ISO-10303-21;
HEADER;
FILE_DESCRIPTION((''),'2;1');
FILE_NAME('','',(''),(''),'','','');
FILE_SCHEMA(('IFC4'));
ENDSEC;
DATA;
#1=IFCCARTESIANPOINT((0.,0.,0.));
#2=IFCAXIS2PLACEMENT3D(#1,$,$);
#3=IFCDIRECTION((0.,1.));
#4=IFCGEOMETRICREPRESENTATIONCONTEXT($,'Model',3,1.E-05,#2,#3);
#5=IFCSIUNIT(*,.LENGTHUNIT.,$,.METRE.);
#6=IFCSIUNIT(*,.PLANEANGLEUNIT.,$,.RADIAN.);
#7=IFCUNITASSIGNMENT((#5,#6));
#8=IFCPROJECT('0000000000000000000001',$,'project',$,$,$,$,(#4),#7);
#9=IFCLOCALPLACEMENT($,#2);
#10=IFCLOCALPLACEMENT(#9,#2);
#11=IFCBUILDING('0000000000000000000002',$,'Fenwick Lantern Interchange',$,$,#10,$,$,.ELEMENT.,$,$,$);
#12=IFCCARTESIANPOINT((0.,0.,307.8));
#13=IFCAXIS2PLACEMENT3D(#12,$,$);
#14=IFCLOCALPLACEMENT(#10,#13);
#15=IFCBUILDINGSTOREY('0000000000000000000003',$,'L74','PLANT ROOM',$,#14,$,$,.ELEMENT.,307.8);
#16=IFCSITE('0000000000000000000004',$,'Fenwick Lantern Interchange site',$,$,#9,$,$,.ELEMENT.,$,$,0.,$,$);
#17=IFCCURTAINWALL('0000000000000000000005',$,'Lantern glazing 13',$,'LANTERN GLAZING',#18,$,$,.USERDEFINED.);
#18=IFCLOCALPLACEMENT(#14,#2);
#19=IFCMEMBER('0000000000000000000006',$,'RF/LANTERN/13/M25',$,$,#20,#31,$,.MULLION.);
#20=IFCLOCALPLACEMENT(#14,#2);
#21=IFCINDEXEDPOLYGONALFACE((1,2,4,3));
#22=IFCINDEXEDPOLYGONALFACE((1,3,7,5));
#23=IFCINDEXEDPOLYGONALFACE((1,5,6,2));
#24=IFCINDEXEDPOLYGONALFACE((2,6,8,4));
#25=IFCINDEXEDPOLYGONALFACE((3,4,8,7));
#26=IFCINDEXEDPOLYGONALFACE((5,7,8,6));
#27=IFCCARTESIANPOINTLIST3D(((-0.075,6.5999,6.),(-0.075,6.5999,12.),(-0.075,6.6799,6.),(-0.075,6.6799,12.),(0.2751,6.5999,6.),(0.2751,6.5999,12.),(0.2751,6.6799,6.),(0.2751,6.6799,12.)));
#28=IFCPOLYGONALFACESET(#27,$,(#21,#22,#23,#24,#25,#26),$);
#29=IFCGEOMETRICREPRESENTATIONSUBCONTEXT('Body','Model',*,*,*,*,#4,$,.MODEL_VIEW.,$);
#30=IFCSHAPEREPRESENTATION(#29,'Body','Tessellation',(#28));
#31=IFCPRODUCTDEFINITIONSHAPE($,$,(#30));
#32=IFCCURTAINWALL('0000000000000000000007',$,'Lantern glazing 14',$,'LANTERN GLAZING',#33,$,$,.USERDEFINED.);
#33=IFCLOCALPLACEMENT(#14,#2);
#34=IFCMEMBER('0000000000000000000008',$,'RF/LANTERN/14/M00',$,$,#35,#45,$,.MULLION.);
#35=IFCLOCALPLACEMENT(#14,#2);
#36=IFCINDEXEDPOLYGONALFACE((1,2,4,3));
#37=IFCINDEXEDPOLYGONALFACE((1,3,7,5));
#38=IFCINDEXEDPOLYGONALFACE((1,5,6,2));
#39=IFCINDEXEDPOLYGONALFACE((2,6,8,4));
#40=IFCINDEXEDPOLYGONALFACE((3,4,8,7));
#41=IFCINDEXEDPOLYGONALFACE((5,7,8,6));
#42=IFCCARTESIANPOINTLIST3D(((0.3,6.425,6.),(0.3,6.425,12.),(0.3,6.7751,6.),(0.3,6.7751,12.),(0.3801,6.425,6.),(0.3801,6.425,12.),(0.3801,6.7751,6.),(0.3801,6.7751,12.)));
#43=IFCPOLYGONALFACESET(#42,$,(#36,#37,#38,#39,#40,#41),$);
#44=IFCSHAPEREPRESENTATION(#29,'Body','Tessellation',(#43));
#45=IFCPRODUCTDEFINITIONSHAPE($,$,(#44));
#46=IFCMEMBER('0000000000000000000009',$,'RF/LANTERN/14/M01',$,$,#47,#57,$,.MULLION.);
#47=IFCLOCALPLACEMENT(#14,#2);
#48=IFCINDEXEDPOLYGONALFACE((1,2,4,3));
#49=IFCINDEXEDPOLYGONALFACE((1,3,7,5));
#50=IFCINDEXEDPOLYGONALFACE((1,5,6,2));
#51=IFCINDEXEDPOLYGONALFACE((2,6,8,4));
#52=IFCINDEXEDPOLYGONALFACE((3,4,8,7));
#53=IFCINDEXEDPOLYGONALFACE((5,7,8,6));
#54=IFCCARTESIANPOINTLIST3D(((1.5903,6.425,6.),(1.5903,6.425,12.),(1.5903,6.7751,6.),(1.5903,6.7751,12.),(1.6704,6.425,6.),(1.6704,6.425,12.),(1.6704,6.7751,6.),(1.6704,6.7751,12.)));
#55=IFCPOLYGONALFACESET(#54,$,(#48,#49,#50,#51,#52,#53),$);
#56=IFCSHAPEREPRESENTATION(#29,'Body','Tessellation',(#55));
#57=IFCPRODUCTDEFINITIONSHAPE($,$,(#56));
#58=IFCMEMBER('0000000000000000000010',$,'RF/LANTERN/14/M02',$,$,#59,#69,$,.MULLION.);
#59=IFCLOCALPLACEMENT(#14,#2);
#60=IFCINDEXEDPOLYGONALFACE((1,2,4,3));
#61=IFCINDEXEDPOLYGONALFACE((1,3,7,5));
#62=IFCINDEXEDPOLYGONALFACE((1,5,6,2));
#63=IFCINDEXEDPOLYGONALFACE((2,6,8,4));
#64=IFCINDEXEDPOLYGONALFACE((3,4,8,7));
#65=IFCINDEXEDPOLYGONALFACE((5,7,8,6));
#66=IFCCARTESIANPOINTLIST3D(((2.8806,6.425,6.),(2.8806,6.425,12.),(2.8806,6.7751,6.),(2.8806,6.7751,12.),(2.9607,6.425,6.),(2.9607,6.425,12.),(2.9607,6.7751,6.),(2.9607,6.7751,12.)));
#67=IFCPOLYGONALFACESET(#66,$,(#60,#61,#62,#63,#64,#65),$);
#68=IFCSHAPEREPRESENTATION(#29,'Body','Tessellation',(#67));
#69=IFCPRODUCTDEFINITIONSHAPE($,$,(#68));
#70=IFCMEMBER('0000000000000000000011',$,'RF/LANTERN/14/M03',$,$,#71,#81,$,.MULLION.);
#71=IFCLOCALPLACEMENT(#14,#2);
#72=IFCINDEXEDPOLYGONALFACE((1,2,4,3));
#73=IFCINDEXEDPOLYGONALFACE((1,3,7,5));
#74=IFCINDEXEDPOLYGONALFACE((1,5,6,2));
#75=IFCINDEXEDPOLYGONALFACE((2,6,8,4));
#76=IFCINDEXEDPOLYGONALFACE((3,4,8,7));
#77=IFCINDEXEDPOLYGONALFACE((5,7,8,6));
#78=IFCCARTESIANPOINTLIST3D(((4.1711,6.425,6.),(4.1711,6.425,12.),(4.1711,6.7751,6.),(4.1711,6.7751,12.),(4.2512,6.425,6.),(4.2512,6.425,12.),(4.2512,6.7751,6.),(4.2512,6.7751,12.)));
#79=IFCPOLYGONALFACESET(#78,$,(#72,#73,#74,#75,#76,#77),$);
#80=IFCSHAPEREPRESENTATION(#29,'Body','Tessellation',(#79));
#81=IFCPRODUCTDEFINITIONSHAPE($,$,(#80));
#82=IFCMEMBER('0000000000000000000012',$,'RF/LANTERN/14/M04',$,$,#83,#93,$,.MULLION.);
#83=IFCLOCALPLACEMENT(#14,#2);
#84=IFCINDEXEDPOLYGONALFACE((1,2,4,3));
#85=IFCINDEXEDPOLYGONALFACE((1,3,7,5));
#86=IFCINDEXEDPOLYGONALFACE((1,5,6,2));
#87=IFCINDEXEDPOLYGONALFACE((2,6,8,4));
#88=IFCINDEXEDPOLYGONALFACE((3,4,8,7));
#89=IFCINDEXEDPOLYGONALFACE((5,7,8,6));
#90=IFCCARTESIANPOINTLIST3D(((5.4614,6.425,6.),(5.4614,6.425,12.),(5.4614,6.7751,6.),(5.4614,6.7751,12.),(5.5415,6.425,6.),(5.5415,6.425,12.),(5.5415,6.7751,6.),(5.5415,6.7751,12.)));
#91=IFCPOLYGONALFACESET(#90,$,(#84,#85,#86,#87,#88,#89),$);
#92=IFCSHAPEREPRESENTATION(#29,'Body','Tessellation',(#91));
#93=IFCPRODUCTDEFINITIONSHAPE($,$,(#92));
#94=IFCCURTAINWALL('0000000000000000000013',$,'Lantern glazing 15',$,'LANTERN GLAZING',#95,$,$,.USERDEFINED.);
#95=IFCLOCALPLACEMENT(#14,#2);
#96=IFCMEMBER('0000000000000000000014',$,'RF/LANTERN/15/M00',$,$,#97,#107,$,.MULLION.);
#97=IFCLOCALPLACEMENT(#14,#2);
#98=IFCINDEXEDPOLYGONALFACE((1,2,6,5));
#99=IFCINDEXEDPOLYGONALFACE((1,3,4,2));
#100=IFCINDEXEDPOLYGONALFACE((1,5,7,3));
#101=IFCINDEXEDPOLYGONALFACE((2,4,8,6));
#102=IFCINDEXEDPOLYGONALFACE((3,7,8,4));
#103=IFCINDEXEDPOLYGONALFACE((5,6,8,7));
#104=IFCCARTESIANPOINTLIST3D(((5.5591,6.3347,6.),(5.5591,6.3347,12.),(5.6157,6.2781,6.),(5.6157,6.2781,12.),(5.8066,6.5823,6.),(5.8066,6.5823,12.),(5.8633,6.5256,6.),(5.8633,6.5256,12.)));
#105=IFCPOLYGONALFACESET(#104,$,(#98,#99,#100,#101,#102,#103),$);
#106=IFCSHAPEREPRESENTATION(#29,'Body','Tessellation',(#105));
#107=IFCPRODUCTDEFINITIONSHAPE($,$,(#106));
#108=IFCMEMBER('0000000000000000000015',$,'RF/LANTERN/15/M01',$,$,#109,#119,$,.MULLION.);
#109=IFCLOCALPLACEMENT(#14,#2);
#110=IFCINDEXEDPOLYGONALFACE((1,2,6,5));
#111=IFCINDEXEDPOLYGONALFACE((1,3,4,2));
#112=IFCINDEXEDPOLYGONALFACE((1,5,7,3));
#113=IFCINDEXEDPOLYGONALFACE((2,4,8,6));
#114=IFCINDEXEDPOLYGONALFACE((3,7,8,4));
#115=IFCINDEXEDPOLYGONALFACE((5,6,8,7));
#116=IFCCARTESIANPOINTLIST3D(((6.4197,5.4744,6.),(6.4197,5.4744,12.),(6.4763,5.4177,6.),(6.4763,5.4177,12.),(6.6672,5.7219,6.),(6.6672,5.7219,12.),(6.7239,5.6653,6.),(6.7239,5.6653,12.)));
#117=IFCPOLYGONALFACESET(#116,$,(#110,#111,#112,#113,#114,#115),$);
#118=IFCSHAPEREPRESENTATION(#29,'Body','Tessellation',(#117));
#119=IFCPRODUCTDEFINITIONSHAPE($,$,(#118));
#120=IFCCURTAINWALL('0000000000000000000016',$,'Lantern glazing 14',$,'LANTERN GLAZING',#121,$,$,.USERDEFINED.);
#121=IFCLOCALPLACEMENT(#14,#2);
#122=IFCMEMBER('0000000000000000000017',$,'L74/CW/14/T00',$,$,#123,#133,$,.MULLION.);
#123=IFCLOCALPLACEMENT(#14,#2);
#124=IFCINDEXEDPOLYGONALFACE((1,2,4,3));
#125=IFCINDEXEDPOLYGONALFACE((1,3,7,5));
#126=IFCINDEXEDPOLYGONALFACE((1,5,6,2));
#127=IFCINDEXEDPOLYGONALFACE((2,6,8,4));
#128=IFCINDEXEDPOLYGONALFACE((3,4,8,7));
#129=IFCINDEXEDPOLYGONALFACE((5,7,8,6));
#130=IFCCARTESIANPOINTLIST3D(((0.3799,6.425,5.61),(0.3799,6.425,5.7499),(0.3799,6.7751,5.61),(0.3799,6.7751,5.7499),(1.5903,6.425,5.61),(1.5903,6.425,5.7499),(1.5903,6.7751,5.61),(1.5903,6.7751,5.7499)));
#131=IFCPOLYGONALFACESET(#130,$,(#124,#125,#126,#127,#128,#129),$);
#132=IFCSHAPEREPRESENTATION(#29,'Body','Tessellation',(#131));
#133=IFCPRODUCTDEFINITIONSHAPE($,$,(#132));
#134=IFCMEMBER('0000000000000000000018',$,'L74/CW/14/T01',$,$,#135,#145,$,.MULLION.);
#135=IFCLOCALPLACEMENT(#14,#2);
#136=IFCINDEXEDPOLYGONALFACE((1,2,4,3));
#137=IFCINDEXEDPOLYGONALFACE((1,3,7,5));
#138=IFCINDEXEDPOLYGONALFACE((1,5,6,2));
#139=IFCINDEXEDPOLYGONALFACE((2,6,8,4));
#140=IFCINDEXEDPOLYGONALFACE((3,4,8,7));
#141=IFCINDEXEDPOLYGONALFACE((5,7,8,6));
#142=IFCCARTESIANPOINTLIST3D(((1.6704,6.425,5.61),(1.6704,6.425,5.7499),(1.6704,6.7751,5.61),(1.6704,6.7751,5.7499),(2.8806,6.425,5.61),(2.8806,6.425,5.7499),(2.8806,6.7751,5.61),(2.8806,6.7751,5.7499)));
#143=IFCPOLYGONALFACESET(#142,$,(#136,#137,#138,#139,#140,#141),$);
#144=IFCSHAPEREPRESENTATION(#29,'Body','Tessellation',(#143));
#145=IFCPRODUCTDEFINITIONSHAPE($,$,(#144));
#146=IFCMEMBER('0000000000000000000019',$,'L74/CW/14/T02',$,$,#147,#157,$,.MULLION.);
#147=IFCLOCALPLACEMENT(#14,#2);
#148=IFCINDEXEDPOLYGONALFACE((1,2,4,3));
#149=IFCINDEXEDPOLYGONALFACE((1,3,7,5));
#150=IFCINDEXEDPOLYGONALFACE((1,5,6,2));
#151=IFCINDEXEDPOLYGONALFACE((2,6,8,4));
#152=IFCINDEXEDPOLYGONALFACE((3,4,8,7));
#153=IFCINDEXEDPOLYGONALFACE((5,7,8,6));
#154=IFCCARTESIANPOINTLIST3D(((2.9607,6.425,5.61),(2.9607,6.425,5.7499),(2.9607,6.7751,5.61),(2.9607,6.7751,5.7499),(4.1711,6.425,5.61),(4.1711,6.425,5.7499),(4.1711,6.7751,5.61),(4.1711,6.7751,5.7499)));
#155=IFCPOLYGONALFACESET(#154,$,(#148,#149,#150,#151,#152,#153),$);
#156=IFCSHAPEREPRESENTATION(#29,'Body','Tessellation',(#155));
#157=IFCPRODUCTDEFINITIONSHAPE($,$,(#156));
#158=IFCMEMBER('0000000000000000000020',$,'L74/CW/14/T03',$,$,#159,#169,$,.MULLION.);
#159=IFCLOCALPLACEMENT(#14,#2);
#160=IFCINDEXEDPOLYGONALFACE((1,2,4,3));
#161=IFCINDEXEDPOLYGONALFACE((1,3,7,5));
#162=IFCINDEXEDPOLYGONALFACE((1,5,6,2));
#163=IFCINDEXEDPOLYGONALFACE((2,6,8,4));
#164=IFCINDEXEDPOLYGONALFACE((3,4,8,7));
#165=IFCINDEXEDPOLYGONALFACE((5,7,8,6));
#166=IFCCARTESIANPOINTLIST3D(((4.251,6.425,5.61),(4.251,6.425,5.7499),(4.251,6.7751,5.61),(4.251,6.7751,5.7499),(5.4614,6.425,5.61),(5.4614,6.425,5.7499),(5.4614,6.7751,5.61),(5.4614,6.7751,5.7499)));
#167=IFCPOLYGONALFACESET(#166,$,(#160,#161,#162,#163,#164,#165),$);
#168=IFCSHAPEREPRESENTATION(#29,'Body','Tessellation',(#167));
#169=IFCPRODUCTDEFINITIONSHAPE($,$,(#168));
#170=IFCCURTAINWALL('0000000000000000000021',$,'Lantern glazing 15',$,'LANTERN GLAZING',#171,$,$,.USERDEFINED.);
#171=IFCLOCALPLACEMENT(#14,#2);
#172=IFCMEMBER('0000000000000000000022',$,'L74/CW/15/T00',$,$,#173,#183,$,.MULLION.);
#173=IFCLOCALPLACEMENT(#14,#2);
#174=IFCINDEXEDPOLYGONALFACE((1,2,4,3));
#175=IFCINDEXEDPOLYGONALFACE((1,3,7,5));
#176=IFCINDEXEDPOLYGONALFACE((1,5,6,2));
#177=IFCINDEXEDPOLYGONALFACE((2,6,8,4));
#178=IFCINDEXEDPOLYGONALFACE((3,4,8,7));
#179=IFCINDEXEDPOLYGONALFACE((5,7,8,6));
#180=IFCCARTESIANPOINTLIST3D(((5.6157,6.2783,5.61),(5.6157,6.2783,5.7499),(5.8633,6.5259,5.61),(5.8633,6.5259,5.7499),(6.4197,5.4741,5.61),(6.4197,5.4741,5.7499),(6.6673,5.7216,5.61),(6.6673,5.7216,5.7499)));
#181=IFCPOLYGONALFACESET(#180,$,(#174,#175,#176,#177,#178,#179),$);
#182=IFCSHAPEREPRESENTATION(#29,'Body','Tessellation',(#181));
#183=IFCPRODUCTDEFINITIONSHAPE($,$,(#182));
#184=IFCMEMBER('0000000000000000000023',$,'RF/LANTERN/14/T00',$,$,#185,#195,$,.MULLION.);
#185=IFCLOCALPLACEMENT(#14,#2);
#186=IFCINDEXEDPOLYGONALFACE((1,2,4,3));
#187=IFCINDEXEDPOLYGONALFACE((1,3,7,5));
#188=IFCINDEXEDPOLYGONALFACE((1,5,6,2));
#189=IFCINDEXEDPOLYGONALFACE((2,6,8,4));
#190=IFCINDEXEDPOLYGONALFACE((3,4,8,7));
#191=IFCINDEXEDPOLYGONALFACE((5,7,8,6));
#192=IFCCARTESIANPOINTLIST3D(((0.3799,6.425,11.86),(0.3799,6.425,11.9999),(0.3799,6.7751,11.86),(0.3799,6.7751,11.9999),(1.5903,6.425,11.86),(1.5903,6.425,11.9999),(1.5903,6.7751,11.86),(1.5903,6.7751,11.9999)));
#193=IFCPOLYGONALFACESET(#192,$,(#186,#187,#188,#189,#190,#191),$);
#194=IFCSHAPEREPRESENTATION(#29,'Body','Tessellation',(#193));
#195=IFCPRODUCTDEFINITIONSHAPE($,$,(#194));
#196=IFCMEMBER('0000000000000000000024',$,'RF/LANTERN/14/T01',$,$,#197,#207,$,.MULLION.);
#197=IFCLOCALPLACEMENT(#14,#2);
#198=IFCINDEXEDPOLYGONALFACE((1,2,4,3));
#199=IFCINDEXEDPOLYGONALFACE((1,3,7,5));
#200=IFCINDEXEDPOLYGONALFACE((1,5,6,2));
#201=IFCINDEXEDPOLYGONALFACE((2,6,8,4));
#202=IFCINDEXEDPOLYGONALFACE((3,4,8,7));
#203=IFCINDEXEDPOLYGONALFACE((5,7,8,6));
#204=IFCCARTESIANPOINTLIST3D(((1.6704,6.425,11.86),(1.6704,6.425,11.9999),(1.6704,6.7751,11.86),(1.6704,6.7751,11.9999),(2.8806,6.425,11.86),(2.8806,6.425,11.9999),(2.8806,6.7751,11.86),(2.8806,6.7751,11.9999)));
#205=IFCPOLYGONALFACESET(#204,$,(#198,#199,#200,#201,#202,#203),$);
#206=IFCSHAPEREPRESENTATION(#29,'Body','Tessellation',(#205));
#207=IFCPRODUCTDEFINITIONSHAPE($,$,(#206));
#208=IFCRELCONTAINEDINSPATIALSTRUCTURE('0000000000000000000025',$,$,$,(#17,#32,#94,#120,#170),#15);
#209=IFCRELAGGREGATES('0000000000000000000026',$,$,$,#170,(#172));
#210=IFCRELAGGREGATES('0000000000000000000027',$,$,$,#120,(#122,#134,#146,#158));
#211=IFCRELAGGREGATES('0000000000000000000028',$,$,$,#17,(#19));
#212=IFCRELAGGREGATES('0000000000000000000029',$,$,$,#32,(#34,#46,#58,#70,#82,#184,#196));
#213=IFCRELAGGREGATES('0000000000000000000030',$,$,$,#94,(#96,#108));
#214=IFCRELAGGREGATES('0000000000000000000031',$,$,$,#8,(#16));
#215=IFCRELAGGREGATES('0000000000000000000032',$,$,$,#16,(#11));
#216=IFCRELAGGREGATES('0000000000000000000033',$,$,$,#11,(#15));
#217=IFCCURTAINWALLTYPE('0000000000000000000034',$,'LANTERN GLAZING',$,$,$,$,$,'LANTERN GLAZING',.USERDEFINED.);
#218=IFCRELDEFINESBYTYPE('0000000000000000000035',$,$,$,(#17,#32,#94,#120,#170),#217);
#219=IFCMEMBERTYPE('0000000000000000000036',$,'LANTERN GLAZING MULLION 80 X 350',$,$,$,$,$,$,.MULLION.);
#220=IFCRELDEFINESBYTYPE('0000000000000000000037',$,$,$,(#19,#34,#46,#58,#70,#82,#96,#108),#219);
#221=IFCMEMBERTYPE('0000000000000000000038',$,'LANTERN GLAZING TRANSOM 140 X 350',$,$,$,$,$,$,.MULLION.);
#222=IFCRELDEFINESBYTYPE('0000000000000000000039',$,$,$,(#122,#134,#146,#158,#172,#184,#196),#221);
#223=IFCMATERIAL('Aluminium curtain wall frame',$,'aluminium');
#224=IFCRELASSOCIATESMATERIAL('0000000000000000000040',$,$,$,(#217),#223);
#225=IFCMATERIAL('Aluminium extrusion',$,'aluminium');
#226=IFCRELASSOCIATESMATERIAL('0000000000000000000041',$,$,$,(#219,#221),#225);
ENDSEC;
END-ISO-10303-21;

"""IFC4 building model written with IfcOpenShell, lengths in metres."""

from ifc_helpers import new_model, si_unit, direction, frame, origin, origin_2d, place, context, subcontext, project, spatial, rectangle, extrude, material, material_profile, profile_set, type_object, element, aggregate, save


model = new_model("IFC4")

# Units and contexts
model_context = context("Model", 3, precision=1e-05, world=origin(), true_north=direction((0.0, 1.0)))
body_context = subcontext(model_context, "Body", "Model", "MODEL_VIEW")
ifc_project = project(units=[si_unit("LENGTHUNIT", "METRE"), si_unit("PLANEANGLEUNIT", "RADIAN")], contexts=[model_context])

# Site, building, storey
site_placement = place(None, origin())
site = spatial("IfcSite", under=ifc_project, at=site_placement, Name="Fenwick Lantern Interchange site", CompositionType="ELEMENT", RefElevation=0.0)
building_placement = place(site_placement, origin())
building = spatial("IfcBuilding", under=site, at=building_placement, Name="Fenwick Lantern Interchange", CompositionType="ELEMENT")
storey_placement = place(building_placement, frame((0.0, 0.0, 307.8)))
storey = spatial("IfcBuildingStorey", under=building, at=storey_placement, Name="L74", Description="PLANT ROOM", CompositionType="ELEMENT", Elevation=307.8)

# Curtain wall, member
ifc_material_1 = material(Name="Aluminium curtain wall frame", Category="aluminium")
curtain_wall_type = type_object("IfcCurtainWallType", Name="LANTERN GLAZING", ElementType="LANTERN GLAZING", PredefinedType="USERDEFINED", material=ifc_material_1)
curtain_wall_1_placement = place(storey_placement, origin())
curtain_wall_1 = element("IfcCurtainWall", 1, at=curtain_wall_1_placement, inside=storey, type_object=curtain_wall_type, Name="Lantern glazing 13", ObjectType="LANTERN GLAZING", PredefinedType="USERDEFINED")
ifc_material_2 = material(Name="Aluminium extrusion", Category="aluminium")
ifc_material_profile_1 = material_profile(ifc_material_2, rectangle(XDim=0.3501, YDim=0.0801, at=origin_2d()), Name="LANTERN GLAZING MULLION 80 X 350")
ifc_profile_set_1 = profile_set([ifc_material_profile_1], Name="Aluminium extrusion")
member_type_1 = type_object("IfcMemberType", Name="LANTERN GLAZING MULLION 80 X 350", PredefinedType="MULLION", material=ifc_profile_set_1)
member_1_placement = place(storey_placement, frame((0.1001, 6.6399, 6.0), z_axis=(0.0, 0.0, 1.0), x_axis=(1.0, 0.0, 0.0)))
member_1 = element("IfcMember", 2, at=member_1_placement, type_object=member_type_1, Name="RF/LANTERN/13/M25", PredefinedType="MULLION", context=body_context, shape_type="SweptSolid", body=[
    extrude(rectangle(XDim=0.3501, YDim=0.0801, at=origin_2d()), origin(), (0.0, 0.0, 1.0), 6.0),
])

# Curtain walls, members
curtain_wall_2_placement = place(storey_placement, origin())
curtain_wall_2 = element("IfcCurtainWall", 3, at=curtain_wall_2_placement, inside=storey, type_object=curtain_wall_type, Name="Lantern glazing 14", ObjectType="LANTERN GLAZING", PredefinedType="USERDEFINED")
member_2_placement = place(storey_placement, frame((0.3401, 6.6001, 6.0), z_axis=(0.0, 0.0, 1.0), x_axis=(0.0, 1.0, 0.0)))
member_2 = element("IfcMember", 4, at=member_2_placement, type_object=member_type_1, Name="RF/LANTERN/14/M00", PredefinedType="MULLION", context=body_context, shape_type="SweptSolid", body=[
    extrude(rectangle(XDim=0.3501, YDim=0.0801, at=origin_2d()), origin(), (0.0, 0.0, 1.0), 6.0),
])
member_3_placement = place(storey_placement, frame((1.6304, 6.6001, 6.0), z_axis=(0.0, 0.0, 1.0), x_axis=(0.0, 1.0, 0.0)))
member_3 = element("IfcMember", 5, at=member_3_placement, type_object=member_type_1, Name="RF/LANTERN/14/M01", PredefinedType="MULLION", context=body_context, shape_type="SweptSolid", body=[
    extrude(rectangle(XDim=0.3501, YDim=0.0801, at=origin_2d()), origin(), (0.0, 0.0, 1.0), 6.0),
])
member_4_placement = place(storey_placement, frame((2.9207, 6.6001, 6.0), z_axis=(0.0, 0.0, 1.0), x_axis=(0.0, 1.0, 0.0)))
member_4 = element("IfcMember", 6, at=member_4_placement, type_object=member_type_1, Name="RF/LANTERN/14/M02", PredefinedType="MULLION", context=body_context, shape_type="SweptSolid", body=[
    extrude(rectangle(XDim=0.3501, YDim=0.0801, at=origin_2d()), origin(), (0.0, 0.0, 1.0), 6.0),
])
member_5_placement = place(storey_placement, frame((4.2112, 6.6001, 6.0), z_axis=(0.0, 0.0, 1.0), x_axis=(0.0, 1.0, 0.0)))
member_5 = element("IfcMember", 7, at=member_5_placement, type_object=member_type_1, Name="RF/LANTERN/14/M03", PredefinedType="MULLION", context=body_context, shape_type="SweptSolid", body=[
    extrude(rectangle(XDim=0.3501, YDim=0.0801, at=origin_2d()), origin(), (0.0, 0.0, 1.0), 6.0),
])
member_6_placement = place(storey_placement, frame((5.5015, 6.6001, 6.0), z_axis=(0.0, 0.0, 1.0), x_axis=(0.0, 1.0, 0.0)))
member_6 = element("IfcMember", 8, at=member_6_placement, type_object=member_type_1, Name="RF/LANTERN/14/M04", PredefinedType="MULLION", context=body_context, shape_type="SweptSolid", body=[
    extrude(rectangle(XDim=0.3501, YDim=0.0801, at=origin_2d()), origin(), (0.0, 0.0, 1.0), 6.0),
])
curtain_wall_3_placement = place(storey_placement, origin())
curtain_wall_3 = element("IfcCurtainWall", 9, at=curtain_wall_3_placement, inside=storey, type_object=curtain_wall_type, Name="Lantern glazing 15", ObjectType="LANTERN GLAZING", PredefinedType="USERDEFINED")
member_7_placement = place(storey_placement, frame((5.7112, 6.4302, 6.0), z_axis=(0.0, 0.0, 1.0), x_axis=(0.707107, 0.707107, 0.0)))
member_7 = element("IfcMember", 10, at=member_7_placement, type_object=member_type_1, Name="RF/LANTERN/15/M00", PredefinedType="MULLION", context=body_context, shape_type="SweptSolid", body=[
    extrude(rectangle(XDim=0.3501, YDim=0.0801, at=origin_2d()), origin(), (0.0, 0.0, 1.0), 6.0),
])
member_8_placement = place(storey_placement, frame((6.5718, 5.5698, 6.0), z_axis=(0.0, 0.0, 1.0), x_axis=(0.707107, 0.707107, 0.0)))
member_8 = element("IfcMember", 11, at=member_8_placement, type_object=member_type_1, Name="RF/LANTERN/15/M01", PredefinedType="MULLION", context=body_context, shape_type="SweptSolid", body=[
    extrude(rectangle(XDim=0.3501, YDim=0.0801, at=origin_2d()), origin(), (0.0, 0.0, 1.0), 6.0),
])
curtain_wall_4_placement = place(storey_placement, origin())
curtain_wall_4 = element("IfcCurtainWall", 12, at=curtain_wall_4_placement, inside=storey, type_object=curtain_wall_type, Name="Lantern glazing 14", ObjectType="LANTERN GLAZING", PredefinedType="USERDEFINED")
ifc_material_profile_2 = material_profile(ifc_material_2, rectangle(XDim=0.3501, YDim=0.1399, at=origin_2d()), Name="LANTERN GLAZING TRANSOM 140 X 350")
ifc_profile_set_2 = profile_set([ifc_material_profile_2], Name="Aluminium extrusion")
member_type_2 = type_object("IfcMemberType", Name="LANTERN GLAZING TRANSOM 140 X 350", PredefinedType="MULLION", material=ifc_profile_set_2)
member_9_placement = place(storey_placement, frame((0.3799, 6.6001, 5.6799), z_axis=(1.0, 0.0, 0.0), x_axis=(0.0, 1.0, 0.0)))
member_9 = element("IfcMember", 13, at=member_9_placement, type_object=member_type_2, Name="L74/CW/14/T00", PredefinedType="MULLION", context=body_context, shape_type="SweptSolid", body=[
    extrude(rectangle(XDim=0.3501, YDim=0.1399, at=origin_2d()), origin(), (0.0, 0.0, 1.0), 1.2104),
])
member_10_placement = place(storey_placement, frame((1.6704, 6.6001, 5.6799), z_axis=(1.0, 0.0, 0.0), x_axis=(0.0, 1.0, 0.0)))
member_10 = element("IfcMember", 14, at=member_10_placement, type_object=member_type_2, Name="L74/CW/14/T01", PredefinedType="MULLION", context=body_context, shape_type="SweptSolid", body=[
    extrude(rectangle(XDim=0.3501, YDim=0.1399, at=origin_2d()), origin(), (0.0, 0.0, 1.0), 1.2102),
])
member_11_placement = place(storey_placement, frame((2.9607, 6.6001, 5.6799), z_axis=(1.0, 0.0, 0.0), x_axis=(0.0, 1.0, 0.0)))
member_11 = element("IfcMember", 15, at=member_11_placement, type_object=member_type_2, Name="L74/CW/14/T02", PredefinedType="MULLION", context=body_context, shape_type="SweptSolid", body=[
    extrude(rectangle(XDim=0.3501, YDim=0.1399, at=origin_2d()), origin(), (0.0, 0.0, 1.0), 1.2104),
])
member_12_placement = place(storey_placement, frame((4.251, 6.6001, 5.6799), z_axis=(1.0, 0.0, 0.0), x_axis=(0.0, 1.0, 0.0)))
member_12 = element("IfcMember", 16, at=member_12_placement, type_object=member_type_2, Name="L74/CW/14/T03", PredefinedType="MULLION", context=body_context, shape_type="SweptSolid", body=[
    extrude(rectangle(XDim=0.3501, YDim=0.1399, at=origin_2d()), origin(), (0.0, 0.0, 1.0), 1.2104),
])

# Curtain wall, member
curtain_wall_5_placement = place(storey_placement, origin())
curtain_wall_5 = element("IfcCurtainWall", 17, at=curtain_wall_5_placement, inside=storey, type_object=curtain_wall_type, Name="Lantern glazing 15", ObjectType="LANTERN GLAZING", PredefinedType="USERDEFINED")
member_13_placement = place(storey_placement, frame((5.7395, 6.4021, 5.6799), z_axis=(0.706999, -0.707214, 0.0), x_axis=(0.707214, 0.706999, 0.0)))
member_13 = element("IfcMember", 18, at=member_13_placement, type_object=member_type_2, Name="L74/CW/15/T00", PredefinedType="MULLION", context=body_context, shape_type="SweptSolid", body=[
    extrude(rectangle(XDim=0.3501, YDim=0.1399, at=origin_2d()), origin(), (0.0, 0.0, 1.0), 1.1372),
])
aggregate(curtain_wall_5, [member_13])

# Members
member_14_placement = place(storey_placement, frame((0.3799, 6.6001, 11.9299), z_axis=(1.0, 0.0, 0.0), x_axis=(0.0, 1.0, 0.0)))
member_14 = element("IfcMember", 19, at=member_14_placement, type_object=member_type_2, Name="RF/LANTERN/14/T00", PredefinedType="MULLION", context=body_context, shape_type="SweptSolid", body=[
    extrude(rectangle(XDim=0.3501, YDim=0.1399, at=origin_2d()), origin(), (0.0, 0.0, 1.0), 1.2104),
])
member_15_placement = place(storey_placement, frame((1.6704, 6.6001, 11.9299), z_axis=(1.0, 0.0, 0.0), x_axis=(0.0, 1.0, 0.0)))
member_15 = element("IfcMember", 20, at=member_15_placement, type_object=member_type_2, Name="RF/LANTERN/14/T01", PredefinedType="MULLION", context=body_context, shape_type="SweptSolid", body=[
    extrude(rectangle(XDim=0.3501, YDim=0.1399, at=origin_2d()), origin(), (0.0, 0.0, 1.0), 1.2102),
])

aggregate(curtain_wall_4, [member_9, member_10, member_11, member_12])
aggregate(curtain_wall_1, [member_1])
aggregate(curtain_wall_2, [member_2, member_3, member_4, member_5, member_6, member_14, member_15])
aggregate(curtain_wall_3, [member_7, member_8])

save(model, "model.ifc")
